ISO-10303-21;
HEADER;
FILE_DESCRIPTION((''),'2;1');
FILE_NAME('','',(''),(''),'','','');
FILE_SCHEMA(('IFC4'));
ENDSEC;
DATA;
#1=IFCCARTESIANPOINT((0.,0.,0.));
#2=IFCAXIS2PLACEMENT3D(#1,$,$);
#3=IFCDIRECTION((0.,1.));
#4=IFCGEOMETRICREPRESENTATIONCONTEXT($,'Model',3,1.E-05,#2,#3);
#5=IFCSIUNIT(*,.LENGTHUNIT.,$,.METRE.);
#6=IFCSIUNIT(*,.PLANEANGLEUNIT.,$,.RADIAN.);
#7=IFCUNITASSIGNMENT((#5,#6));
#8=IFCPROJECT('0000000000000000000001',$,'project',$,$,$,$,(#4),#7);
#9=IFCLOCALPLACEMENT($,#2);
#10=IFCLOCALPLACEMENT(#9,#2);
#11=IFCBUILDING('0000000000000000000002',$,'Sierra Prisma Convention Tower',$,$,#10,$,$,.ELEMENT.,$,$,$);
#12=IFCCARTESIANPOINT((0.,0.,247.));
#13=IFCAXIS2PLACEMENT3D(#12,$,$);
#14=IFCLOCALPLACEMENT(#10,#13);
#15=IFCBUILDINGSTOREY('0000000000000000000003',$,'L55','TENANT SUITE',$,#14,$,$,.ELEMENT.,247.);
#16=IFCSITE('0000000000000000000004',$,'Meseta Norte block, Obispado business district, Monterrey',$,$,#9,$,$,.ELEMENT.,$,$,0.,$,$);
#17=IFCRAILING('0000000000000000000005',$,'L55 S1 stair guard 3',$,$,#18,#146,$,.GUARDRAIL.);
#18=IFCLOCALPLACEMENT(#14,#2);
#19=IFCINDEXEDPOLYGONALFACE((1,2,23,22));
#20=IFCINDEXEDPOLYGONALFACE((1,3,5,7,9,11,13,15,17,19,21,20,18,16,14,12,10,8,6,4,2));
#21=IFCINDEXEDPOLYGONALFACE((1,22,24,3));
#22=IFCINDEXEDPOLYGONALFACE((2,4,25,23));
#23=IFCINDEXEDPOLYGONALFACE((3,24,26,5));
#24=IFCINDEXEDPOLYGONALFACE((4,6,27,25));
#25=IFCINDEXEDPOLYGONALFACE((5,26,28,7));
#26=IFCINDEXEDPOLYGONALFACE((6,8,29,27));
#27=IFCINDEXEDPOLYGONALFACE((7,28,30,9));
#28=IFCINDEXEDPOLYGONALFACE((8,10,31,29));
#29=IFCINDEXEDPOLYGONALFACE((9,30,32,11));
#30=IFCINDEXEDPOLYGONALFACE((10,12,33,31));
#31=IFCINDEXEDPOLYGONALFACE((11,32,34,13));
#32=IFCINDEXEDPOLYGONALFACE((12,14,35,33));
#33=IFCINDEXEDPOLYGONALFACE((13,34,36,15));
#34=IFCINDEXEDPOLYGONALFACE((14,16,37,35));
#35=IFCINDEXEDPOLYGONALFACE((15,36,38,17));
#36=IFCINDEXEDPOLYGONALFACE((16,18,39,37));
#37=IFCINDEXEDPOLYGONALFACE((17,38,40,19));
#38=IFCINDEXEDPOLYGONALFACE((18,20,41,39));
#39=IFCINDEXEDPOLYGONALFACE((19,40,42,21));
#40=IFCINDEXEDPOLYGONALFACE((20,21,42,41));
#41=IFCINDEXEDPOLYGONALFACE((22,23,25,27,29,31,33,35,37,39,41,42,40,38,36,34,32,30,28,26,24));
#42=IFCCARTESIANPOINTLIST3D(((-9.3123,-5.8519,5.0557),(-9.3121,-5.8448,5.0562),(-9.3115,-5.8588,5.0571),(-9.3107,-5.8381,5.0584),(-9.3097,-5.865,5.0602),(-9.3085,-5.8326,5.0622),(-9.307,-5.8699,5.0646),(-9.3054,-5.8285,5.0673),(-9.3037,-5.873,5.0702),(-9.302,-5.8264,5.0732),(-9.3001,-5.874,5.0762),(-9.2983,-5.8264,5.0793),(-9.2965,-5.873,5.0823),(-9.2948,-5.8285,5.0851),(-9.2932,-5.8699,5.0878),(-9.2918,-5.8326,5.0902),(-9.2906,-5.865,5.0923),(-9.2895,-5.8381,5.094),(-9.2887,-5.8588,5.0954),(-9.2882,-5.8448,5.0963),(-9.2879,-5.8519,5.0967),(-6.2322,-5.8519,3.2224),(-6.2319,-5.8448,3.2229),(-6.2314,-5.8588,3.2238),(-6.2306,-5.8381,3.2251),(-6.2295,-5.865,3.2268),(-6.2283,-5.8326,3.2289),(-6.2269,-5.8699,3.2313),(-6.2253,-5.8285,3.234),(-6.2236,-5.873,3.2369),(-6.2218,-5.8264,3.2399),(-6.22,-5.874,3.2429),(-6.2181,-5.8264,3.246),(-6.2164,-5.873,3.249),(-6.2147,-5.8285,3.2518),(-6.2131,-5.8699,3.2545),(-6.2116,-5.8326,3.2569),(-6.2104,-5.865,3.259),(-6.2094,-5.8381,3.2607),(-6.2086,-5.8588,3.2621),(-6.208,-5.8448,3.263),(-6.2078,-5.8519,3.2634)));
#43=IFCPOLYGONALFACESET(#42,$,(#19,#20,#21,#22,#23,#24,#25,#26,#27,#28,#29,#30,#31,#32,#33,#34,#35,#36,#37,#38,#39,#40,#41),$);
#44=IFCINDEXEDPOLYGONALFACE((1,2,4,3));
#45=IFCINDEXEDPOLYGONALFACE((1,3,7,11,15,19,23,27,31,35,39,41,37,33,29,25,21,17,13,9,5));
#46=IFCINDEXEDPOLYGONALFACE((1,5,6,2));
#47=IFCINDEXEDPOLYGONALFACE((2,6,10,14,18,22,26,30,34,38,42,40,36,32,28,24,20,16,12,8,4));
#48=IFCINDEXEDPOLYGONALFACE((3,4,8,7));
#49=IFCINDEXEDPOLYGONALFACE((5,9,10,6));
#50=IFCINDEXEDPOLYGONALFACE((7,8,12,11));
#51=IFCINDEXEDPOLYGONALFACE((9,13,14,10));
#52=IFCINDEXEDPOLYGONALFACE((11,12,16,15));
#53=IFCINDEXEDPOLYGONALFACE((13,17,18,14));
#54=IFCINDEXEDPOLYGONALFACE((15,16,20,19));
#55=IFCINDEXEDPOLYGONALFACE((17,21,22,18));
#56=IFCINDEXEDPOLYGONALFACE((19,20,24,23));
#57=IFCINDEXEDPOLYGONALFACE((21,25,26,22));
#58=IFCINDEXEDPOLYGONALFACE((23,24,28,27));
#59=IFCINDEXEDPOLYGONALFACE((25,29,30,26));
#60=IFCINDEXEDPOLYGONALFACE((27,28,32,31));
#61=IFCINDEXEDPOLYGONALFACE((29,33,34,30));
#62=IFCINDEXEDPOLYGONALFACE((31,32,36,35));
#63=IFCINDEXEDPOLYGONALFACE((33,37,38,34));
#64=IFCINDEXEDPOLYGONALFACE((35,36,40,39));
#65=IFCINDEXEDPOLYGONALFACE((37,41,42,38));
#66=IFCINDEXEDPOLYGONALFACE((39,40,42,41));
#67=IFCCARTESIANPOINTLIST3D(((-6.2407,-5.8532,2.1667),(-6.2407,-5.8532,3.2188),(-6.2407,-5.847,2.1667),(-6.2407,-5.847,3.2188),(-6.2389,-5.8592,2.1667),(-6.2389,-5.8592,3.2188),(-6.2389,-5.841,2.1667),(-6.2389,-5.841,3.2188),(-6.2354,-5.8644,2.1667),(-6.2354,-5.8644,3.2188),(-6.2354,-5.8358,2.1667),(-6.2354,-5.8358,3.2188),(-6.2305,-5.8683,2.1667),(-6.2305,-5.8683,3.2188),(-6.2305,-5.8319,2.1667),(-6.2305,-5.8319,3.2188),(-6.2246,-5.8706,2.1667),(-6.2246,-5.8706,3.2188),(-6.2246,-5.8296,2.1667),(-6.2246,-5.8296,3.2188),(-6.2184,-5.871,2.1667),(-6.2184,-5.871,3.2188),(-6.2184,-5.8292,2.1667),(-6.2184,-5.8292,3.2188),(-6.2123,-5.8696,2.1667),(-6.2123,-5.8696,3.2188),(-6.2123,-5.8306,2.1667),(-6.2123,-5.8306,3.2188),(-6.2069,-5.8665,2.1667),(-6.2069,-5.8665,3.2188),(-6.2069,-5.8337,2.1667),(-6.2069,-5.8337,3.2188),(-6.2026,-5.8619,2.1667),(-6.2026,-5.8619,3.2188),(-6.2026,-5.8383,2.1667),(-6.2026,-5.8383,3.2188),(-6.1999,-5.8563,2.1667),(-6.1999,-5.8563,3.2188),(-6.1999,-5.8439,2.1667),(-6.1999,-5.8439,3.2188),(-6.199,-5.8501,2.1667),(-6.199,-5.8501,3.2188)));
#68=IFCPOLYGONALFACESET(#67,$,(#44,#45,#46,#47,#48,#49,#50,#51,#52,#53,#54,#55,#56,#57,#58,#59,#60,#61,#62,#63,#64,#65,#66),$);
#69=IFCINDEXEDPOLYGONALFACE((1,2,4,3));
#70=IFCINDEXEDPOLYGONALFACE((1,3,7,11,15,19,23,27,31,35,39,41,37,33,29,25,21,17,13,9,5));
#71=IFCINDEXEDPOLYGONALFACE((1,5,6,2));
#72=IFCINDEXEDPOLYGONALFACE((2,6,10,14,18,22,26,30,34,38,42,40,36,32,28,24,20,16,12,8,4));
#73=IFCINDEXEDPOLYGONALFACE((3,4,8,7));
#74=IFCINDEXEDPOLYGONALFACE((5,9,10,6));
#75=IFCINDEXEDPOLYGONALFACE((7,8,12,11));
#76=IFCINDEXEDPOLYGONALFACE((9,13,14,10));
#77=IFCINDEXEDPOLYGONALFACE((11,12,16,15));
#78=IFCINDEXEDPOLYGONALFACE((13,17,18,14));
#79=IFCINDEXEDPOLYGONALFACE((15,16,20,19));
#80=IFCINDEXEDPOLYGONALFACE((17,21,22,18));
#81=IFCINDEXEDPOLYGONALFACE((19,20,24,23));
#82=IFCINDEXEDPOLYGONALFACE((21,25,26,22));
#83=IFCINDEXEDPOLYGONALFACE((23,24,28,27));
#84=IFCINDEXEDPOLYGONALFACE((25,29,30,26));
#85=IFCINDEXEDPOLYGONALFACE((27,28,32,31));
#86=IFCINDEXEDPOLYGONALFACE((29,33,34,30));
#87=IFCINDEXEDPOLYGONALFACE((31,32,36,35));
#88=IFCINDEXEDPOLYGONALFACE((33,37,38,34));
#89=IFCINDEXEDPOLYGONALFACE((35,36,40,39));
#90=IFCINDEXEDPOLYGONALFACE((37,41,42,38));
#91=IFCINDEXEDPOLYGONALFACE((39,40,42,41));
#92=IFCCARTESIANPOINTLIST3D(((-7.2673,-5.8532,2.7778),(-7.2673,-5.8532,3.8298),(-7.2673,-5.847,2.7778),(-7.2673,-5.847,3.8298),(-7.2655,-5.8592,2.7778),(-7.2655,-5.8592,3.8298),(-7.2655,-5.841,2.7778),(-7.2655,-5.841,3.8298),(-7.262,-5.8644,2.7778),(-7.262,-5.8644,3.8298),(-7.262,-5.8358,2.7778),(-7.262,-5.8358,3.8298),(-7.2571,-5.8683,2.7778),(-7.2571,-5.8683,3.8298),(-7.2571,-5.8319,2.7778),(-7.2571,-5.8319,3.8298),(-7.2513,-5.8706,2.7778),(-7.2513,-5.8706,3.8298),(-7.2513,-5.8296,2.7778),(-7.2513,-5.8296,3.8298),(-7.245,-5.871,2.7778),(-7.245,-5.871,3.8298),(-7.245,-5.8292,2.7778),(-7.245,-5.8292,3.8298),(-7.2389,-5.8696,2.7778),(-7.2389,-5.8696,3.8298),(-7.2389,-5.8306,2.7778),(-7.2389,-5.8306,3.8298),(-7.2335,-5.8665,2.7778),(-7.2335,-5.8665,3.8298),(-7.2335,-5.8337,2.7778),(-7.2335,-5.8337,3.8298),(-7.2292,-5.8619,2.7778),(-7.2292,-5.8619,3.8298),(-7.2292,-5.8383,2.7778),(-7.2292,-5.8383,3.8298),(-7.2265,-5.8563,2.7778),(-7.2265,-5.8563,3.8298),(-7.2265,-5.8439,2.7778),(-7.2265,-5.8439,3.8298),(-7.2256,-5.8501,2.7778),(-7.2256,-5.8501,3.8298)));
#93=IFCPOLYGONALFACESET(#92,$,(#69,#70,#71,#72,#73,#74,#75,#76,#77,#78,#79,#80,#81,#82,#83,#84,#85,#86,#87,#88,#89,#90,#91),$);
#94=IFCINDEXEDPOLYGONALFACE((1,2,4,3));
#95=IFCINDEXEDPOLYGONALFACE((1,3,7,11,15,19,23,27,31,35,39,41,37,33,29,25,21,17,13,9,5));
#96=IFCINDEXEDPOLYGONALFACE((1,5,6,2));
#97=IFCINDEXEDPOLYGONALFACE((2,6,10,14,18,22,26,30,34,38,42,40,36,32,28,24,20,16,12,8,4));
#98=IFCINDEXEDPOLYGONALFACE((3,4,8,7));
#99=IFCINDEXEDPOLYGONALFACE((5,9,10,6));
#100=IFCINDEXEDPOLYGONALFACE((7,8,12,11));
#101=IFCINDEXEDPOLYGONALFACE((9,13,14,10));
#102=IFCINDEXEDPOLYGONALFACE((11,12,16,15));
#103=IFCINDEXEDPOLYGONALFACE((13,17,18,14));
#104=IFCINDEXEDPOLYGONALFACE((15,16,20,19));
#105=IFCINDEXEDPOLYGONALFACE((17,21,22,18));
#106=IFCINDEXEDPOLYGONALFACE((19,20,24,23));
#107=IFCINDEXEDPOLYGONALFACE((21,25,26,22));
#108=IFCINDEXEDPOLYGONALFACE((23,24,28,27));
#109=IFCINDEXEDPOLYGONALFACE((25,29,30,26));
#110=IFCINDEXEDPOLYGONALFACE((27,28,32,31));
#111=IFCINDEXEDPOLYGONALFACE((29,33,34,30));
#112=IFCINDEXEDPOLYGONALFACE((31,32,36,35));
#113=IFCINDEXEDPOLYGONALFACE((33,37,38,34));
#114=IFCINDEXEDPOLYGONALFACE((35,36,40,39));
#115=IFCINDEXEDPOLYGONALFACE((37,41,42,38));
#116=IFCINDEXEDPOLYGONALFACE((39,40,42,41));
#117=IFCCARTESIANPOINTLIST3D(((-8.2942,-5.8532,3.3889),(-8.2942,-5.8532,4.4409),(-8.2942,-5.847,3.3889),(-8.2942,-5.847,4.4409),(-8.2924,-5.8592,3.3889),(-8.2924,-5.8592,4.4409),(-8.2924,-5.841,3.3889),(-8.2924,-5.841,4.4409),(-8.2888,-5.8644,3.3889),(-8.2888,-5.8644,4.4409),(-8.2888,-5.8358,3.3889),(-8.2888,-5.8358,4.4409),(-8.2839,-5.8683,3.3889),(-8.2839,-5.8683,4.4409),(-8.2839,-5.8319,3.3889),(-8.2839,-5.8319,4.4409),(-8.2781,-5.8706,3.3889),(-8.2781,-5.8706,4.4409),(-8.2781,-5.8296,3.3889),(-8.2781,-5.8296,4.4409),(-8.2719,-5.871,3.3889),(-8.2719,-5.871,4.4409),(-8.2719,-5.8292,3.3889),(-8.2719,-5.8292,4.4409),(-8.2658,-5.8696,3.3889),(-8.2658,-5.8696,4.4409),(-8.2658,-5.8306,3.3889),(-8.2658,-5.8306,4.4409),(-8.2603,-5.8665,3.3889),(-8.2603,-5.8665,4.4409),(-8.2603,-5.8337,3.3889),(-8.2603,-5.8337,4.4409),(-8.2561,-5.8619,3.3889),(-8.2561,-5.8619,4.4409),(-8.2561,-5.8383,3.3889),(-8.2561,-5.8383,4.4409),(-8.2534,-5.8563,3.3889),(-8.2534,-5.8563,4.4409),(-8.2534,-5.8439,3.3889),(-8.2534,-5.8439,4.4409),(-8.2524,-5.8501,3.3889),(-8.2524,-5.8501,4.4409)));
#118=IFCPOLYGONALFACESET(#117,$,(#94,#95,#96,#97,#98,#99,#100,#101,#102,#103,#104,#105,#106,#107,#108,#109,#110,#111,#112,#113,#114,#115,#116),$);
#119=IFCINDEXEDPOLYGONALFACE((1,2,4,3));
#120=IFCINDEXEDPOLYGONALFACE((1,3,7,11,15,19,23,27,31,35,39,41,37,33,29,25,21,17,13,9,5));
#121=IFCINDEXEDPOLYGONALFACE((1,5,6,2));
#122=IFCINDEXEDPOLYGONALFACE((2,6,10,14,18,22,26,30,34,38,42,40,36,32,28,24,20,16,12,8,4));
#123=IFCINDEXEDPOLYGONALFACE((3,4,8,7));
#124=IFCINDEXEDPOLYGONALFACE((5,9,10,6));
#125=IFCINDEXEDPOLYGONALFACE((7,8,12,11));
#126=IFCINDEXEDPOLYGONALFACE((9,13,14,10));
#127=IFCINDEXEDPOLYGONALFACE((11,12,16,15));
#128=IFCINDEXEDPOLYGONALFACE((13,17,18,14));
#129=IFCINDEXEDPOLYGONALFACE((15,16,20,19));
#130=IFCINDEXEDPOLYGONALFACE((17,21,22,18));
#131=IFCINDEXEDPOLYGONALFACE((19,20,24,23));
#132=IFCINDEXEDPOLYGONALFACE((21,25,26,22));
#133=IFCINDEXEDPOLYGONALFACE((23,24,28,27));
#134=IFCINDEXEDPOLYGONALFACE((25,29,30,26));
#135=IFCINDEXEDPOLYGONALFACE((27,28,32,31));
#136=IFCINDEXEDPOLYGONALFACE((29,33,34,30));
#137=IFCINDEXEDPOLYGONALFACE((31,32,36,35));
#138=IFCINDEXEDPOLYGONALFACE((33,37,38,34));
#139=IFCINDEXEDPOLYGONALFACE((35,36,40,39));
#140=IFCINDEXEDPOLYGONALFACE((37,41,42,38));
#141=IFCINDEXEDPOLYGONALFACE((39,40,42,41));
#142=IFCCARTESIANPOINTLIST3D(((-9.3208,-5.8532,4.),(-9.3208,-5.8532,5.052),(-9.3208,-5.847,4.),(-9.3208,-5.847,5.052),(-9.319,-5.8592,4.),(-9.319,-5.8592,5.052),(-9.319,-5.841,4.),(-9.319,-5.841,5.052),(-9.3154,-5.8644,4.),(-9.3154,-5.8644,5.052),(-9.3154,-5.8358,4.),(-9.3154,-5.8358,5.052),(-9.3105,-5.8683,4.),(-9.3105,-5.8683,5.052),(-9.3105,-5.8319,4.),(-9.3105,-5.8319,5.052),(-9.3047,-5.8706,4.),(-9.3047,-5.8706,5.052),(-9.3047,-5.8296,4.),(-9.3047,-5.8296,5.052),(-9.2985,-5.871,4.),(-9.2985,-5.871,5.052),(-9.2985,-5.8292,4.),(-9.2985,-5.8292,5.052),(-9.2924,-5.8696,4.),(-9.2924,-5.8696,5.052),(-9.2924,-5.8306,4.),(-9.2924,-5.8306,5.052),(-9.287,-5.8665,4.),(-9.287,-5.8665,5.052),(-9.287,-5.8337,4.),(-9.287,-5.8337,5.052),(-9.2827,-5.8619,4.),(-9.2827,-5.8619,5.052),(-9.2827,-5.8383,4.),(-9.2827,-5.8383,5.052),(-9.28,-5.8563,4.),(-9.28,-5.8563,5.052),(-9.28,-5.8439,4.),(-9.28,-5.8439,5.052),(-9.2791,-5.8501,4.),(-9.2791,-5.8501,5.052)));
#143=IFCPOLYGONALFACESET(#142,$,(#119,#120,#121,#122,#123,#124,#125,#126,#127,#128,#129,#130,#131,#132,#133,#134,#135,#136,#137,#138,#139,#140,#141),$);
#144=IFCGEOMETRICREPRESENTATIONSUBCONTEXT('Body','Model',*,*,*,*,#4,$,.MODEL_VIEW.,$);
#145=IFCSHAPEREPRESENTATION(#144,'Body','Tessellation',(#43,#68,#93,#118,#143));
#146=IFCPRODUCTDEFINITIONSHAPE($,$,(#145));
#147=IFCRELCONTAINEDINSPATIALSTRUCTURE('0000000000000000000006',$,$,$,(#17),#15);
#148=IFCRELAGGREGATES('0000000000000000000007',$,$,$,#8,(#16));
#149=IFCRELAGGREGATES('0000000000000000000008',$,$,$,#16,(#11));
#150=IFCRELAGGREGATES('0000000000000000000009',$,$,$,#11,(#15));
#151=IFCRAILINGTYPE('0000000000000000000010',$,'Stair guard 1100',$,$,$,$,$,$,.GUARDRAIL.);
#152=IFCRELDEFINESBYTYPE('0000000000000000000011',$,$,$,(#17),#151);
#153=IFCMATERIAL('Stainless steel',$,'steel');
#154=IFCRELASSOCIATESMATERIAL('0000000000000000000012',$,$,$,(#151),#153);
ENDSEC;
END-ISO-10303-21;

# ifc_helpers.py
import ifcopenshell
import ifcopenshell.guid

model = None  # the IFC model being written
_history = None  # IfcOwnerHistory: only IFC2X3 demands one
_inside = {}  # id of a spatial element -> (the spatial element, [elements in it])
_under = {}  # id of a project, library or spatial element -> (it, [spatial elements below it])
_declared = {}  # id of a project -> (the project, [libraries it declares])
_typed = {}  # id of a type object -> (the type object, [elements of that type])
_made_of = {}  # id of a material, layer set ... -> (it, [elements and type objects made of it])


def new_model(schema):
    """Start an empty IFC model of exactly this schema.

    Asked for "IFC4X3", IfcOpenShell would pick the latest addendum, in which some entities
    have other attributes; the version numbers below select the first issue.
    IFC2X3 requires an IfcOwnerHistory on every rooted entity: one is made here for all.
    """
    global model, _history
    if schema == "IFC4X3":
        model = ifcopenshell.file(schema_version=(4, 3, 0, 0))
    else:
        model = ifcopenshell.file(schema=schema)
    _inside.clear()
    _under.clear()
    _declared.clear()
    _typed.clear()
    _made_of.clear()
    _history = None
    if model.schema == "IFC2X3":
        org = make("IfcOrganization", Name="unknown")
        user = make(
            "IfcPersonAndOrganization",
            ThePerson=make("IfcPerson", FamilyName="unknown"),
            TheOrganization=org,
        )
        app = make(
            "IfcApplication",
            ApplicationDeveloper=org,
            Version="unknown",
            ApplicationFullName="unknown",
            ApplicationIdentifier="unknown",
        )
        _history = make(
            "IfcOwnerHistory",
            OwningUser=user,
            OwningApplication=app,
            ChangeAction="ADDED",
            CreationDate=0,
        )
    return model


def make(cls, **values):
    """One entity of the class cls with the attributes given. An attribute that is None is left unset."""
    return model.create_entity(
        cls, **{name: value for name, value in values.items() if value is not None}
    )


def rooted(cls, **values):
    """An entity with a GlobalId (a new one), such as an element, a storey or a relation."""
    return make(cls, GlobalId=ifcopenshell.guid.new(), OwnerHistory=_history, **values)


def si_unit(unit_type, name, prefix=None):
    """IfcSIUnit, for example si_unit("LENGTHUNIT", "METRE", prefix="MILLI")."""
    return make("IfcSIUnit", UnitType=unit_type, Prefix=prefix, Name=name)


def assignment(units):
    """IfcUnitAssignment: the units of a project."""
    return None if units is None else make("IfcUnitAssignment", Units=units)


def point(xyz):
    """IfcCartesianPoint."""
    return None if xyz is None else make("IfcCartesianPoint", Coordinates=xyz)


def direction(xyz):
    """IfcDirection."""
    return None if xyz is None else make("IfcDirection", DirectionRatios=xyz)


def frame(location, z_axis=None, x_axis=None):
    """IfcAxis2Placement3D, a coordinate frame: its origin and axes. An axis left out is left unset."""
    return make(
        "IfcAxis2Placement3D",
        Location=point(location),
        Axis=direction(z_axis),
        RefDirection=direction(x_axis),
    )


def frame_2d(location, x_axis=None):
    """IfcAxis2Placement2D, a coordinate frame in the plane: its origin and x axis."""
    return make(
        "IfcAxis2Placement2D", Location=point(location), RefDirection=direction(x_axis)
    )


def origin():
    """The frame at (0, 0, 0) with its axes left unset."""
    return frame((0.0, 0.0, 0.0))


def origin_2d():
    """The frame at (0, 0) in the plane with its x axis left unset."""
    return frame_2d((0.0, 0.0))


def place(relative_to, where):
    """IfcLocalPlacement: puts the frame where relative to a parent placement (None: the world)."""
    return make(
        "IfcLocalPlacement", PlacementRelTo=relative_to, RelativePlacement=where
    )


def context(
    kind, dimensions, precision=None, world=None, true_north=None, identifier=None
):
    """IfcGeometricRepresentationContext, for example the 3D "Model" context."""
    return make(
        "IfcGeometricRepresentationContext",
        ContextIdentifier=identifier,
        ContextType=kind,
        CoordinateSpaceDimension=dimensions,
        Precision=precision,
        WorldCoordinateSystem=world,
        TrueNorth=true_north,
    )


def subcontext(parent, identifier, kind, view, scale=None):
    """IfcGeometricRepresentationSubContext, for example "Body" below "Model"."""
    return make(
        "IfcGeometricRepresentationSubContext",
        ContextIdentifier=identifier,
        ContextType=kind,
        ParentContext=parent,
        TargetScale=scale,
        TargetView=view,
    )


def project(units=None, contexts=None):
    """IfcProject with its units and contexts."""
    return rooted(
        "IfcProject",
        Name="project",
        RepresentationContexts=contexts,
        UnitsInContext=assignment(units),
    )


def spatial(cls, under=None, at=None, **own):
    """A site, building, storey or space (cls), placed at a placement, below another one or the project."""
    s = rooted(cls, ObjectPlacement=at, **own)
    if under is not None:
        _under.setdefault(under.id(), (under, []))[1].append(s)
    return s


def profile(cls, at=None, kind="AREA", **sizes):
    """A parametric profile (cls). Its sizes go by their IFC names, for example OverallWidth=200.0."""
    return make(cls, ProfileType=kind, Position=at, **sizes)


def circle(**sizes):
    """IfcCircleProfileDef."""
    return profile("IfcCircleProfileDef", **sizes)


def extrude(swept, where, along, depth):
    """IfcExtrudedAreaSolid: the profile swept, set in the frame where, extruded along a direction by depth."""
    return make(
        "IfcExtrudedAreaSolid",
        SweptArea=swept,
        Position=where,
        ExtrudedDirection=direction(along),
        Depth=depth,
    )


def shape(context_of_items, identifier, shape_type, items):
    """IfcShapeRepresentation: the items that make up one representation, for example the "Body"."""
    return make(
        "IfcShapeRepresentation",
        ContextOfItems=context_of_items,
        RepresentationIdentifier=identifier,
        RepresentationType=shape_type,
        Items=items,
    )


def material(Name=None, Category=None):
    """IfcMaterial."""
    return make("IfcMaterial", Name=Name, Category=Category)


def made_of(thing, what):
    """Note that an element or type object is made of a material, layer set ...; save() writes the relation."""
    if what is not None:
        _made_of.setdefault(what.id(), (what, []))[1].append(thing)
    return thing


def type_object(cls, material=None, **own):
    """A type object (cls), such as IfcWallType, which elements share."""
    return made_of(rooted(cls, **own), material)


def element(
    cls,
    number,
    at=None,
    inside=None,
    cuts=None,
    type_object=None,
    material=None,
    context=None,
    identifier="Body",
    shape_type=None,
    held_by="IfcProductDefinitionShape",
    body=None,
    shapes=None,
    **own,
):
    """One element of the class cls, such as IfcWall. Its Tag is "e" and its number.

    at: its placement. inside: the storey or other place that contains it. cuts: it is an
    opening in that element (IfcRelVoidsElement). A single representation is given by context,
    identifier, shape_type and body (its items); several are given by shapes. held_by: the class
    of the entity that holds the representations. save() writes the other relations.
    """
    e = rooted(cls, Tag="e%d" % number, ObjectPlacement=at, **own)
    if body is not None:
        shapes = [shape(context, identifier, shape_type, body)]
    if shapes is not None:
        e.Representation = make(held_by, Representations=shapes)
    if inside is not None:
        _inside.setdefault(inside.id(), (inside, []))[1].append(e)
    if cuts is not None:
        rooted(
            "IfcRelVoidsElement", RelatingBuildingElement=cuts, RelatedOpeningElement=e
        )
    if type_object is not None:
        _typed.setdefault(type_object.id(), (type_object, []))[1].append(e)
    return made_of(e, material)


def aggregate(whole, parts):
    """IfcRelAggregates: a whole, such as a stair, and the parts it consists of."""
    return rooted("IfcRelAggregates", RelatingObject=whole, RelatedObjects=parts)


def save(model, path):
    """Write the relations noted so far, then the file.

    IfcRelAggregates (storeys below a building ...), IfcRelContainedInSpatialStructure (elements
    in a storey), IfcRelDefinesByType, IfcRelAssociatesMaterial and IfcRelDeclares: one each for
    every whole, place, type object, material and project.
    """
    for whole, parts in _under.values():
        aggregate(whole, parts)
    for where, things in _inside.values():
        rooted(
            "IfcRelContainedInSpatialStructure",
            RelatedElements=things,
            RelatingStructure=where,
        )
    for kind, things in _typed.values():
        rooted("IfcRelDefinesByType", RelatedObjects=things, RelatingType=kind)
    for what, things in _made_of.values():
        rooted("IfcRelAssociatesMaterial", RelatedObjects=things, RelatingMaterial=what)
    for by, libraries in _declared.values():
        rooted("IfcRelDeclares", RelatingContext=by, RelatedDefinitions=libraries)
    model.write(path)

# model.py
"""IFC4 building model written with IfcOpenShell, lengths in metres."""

from ifc_helpers import new_model, si_unit, direction, frame, origin, origin_2d, place, context, subcontext, project, spatial, circle, extrude, material, type_object, element, save


model = new_model("IFC4")

# Units and contexts
model_context = context("Model", 3, precision=1e-05, world=origin(), true_north=direction((0.0, 1.0)))
body_context = subcontext(model_context, "Body", "Model", "MODEL_VIEW")
ifc_project = project(units=[si_unit("LENGTHUNIT", "METRE"), si_unit("PLANEANGLEUNIT", "RADIAN")], contexts=[model_context])

# Site, building, storey
site_placement = place(None, origin())
site = spatial("IfcSite", under=ifc_project, at=site_placement, Name="Meseta Norte block, Obispado business district, Monterrey", CompositionType="ELEMENT", RefElevation=0.0)
building_placement = place(site_placement, origin())
building = spatial("IfcBuilding", under=site, at=building_placement, Name="Sierra Prisma Convention Tower", CompositionType="ELEMENT")
storey_placement = place(building_placement, frame((0.0, 0.0, 247.0)))
storey = spatial("IfcBuildingStorey", under=building, at=storey_placement, Name="L55", Description="TENANT SUITE", CompositionType="ELEMENT", Elevation=247.0)

# Railing
ifc_material_1 = material(Name="Stainless steel", Category="steel")
railing_type_1 = type_object("IfcRailingType", Name="Stair guard 1100", PredefinedType="GUARDRAIL", material=ifc_material_1)
railing_1_placement = place(storey_placement, frame((-6.22, -5.8501, 2.1667)))
element("IfcRailing", 1, at=railing_1_placement, inside=storey, type_object=railing_type_1, Name="L55 S1 stair guard 3", PredefinedType="GUARDRAIL", context=body_context, shape_type="SweptSolid", body=[
    extrude(circle(Radius=0.0239, at=origin_2d()), frame((0.0, 0.0, 1.0762), z_axis=(-0.859309, 0.0, 0.511458), x_axis=(0.0, -1.0, 0.0)), (0.0, 0.0, 1.0), 3.5845),
    extrude(circle(Radius=0.021, at=origin_2d()), origin(), (0.0, 0.0, 1.0), 1.052),
    extrude(circle(Radius=0.021, at=origin_2d()), frame((-1.0266, 0.0, 0.6111)), (0.0, 0.0, 1.0), 1.052),
    extrude(circle(Radius=0.021, at=origin_2d()), frame((-2.0535, 0.0, 1.2222)), (0.0, 0.0, 1.0), 1.052),
    extrude(circle(Radius=0.021, at=origin_2d()), frame((-3.0801, 0.0, 1.8333)), (0.0, 0.0, 1.0), 1.052),
])

save(model, "model.ifc")
